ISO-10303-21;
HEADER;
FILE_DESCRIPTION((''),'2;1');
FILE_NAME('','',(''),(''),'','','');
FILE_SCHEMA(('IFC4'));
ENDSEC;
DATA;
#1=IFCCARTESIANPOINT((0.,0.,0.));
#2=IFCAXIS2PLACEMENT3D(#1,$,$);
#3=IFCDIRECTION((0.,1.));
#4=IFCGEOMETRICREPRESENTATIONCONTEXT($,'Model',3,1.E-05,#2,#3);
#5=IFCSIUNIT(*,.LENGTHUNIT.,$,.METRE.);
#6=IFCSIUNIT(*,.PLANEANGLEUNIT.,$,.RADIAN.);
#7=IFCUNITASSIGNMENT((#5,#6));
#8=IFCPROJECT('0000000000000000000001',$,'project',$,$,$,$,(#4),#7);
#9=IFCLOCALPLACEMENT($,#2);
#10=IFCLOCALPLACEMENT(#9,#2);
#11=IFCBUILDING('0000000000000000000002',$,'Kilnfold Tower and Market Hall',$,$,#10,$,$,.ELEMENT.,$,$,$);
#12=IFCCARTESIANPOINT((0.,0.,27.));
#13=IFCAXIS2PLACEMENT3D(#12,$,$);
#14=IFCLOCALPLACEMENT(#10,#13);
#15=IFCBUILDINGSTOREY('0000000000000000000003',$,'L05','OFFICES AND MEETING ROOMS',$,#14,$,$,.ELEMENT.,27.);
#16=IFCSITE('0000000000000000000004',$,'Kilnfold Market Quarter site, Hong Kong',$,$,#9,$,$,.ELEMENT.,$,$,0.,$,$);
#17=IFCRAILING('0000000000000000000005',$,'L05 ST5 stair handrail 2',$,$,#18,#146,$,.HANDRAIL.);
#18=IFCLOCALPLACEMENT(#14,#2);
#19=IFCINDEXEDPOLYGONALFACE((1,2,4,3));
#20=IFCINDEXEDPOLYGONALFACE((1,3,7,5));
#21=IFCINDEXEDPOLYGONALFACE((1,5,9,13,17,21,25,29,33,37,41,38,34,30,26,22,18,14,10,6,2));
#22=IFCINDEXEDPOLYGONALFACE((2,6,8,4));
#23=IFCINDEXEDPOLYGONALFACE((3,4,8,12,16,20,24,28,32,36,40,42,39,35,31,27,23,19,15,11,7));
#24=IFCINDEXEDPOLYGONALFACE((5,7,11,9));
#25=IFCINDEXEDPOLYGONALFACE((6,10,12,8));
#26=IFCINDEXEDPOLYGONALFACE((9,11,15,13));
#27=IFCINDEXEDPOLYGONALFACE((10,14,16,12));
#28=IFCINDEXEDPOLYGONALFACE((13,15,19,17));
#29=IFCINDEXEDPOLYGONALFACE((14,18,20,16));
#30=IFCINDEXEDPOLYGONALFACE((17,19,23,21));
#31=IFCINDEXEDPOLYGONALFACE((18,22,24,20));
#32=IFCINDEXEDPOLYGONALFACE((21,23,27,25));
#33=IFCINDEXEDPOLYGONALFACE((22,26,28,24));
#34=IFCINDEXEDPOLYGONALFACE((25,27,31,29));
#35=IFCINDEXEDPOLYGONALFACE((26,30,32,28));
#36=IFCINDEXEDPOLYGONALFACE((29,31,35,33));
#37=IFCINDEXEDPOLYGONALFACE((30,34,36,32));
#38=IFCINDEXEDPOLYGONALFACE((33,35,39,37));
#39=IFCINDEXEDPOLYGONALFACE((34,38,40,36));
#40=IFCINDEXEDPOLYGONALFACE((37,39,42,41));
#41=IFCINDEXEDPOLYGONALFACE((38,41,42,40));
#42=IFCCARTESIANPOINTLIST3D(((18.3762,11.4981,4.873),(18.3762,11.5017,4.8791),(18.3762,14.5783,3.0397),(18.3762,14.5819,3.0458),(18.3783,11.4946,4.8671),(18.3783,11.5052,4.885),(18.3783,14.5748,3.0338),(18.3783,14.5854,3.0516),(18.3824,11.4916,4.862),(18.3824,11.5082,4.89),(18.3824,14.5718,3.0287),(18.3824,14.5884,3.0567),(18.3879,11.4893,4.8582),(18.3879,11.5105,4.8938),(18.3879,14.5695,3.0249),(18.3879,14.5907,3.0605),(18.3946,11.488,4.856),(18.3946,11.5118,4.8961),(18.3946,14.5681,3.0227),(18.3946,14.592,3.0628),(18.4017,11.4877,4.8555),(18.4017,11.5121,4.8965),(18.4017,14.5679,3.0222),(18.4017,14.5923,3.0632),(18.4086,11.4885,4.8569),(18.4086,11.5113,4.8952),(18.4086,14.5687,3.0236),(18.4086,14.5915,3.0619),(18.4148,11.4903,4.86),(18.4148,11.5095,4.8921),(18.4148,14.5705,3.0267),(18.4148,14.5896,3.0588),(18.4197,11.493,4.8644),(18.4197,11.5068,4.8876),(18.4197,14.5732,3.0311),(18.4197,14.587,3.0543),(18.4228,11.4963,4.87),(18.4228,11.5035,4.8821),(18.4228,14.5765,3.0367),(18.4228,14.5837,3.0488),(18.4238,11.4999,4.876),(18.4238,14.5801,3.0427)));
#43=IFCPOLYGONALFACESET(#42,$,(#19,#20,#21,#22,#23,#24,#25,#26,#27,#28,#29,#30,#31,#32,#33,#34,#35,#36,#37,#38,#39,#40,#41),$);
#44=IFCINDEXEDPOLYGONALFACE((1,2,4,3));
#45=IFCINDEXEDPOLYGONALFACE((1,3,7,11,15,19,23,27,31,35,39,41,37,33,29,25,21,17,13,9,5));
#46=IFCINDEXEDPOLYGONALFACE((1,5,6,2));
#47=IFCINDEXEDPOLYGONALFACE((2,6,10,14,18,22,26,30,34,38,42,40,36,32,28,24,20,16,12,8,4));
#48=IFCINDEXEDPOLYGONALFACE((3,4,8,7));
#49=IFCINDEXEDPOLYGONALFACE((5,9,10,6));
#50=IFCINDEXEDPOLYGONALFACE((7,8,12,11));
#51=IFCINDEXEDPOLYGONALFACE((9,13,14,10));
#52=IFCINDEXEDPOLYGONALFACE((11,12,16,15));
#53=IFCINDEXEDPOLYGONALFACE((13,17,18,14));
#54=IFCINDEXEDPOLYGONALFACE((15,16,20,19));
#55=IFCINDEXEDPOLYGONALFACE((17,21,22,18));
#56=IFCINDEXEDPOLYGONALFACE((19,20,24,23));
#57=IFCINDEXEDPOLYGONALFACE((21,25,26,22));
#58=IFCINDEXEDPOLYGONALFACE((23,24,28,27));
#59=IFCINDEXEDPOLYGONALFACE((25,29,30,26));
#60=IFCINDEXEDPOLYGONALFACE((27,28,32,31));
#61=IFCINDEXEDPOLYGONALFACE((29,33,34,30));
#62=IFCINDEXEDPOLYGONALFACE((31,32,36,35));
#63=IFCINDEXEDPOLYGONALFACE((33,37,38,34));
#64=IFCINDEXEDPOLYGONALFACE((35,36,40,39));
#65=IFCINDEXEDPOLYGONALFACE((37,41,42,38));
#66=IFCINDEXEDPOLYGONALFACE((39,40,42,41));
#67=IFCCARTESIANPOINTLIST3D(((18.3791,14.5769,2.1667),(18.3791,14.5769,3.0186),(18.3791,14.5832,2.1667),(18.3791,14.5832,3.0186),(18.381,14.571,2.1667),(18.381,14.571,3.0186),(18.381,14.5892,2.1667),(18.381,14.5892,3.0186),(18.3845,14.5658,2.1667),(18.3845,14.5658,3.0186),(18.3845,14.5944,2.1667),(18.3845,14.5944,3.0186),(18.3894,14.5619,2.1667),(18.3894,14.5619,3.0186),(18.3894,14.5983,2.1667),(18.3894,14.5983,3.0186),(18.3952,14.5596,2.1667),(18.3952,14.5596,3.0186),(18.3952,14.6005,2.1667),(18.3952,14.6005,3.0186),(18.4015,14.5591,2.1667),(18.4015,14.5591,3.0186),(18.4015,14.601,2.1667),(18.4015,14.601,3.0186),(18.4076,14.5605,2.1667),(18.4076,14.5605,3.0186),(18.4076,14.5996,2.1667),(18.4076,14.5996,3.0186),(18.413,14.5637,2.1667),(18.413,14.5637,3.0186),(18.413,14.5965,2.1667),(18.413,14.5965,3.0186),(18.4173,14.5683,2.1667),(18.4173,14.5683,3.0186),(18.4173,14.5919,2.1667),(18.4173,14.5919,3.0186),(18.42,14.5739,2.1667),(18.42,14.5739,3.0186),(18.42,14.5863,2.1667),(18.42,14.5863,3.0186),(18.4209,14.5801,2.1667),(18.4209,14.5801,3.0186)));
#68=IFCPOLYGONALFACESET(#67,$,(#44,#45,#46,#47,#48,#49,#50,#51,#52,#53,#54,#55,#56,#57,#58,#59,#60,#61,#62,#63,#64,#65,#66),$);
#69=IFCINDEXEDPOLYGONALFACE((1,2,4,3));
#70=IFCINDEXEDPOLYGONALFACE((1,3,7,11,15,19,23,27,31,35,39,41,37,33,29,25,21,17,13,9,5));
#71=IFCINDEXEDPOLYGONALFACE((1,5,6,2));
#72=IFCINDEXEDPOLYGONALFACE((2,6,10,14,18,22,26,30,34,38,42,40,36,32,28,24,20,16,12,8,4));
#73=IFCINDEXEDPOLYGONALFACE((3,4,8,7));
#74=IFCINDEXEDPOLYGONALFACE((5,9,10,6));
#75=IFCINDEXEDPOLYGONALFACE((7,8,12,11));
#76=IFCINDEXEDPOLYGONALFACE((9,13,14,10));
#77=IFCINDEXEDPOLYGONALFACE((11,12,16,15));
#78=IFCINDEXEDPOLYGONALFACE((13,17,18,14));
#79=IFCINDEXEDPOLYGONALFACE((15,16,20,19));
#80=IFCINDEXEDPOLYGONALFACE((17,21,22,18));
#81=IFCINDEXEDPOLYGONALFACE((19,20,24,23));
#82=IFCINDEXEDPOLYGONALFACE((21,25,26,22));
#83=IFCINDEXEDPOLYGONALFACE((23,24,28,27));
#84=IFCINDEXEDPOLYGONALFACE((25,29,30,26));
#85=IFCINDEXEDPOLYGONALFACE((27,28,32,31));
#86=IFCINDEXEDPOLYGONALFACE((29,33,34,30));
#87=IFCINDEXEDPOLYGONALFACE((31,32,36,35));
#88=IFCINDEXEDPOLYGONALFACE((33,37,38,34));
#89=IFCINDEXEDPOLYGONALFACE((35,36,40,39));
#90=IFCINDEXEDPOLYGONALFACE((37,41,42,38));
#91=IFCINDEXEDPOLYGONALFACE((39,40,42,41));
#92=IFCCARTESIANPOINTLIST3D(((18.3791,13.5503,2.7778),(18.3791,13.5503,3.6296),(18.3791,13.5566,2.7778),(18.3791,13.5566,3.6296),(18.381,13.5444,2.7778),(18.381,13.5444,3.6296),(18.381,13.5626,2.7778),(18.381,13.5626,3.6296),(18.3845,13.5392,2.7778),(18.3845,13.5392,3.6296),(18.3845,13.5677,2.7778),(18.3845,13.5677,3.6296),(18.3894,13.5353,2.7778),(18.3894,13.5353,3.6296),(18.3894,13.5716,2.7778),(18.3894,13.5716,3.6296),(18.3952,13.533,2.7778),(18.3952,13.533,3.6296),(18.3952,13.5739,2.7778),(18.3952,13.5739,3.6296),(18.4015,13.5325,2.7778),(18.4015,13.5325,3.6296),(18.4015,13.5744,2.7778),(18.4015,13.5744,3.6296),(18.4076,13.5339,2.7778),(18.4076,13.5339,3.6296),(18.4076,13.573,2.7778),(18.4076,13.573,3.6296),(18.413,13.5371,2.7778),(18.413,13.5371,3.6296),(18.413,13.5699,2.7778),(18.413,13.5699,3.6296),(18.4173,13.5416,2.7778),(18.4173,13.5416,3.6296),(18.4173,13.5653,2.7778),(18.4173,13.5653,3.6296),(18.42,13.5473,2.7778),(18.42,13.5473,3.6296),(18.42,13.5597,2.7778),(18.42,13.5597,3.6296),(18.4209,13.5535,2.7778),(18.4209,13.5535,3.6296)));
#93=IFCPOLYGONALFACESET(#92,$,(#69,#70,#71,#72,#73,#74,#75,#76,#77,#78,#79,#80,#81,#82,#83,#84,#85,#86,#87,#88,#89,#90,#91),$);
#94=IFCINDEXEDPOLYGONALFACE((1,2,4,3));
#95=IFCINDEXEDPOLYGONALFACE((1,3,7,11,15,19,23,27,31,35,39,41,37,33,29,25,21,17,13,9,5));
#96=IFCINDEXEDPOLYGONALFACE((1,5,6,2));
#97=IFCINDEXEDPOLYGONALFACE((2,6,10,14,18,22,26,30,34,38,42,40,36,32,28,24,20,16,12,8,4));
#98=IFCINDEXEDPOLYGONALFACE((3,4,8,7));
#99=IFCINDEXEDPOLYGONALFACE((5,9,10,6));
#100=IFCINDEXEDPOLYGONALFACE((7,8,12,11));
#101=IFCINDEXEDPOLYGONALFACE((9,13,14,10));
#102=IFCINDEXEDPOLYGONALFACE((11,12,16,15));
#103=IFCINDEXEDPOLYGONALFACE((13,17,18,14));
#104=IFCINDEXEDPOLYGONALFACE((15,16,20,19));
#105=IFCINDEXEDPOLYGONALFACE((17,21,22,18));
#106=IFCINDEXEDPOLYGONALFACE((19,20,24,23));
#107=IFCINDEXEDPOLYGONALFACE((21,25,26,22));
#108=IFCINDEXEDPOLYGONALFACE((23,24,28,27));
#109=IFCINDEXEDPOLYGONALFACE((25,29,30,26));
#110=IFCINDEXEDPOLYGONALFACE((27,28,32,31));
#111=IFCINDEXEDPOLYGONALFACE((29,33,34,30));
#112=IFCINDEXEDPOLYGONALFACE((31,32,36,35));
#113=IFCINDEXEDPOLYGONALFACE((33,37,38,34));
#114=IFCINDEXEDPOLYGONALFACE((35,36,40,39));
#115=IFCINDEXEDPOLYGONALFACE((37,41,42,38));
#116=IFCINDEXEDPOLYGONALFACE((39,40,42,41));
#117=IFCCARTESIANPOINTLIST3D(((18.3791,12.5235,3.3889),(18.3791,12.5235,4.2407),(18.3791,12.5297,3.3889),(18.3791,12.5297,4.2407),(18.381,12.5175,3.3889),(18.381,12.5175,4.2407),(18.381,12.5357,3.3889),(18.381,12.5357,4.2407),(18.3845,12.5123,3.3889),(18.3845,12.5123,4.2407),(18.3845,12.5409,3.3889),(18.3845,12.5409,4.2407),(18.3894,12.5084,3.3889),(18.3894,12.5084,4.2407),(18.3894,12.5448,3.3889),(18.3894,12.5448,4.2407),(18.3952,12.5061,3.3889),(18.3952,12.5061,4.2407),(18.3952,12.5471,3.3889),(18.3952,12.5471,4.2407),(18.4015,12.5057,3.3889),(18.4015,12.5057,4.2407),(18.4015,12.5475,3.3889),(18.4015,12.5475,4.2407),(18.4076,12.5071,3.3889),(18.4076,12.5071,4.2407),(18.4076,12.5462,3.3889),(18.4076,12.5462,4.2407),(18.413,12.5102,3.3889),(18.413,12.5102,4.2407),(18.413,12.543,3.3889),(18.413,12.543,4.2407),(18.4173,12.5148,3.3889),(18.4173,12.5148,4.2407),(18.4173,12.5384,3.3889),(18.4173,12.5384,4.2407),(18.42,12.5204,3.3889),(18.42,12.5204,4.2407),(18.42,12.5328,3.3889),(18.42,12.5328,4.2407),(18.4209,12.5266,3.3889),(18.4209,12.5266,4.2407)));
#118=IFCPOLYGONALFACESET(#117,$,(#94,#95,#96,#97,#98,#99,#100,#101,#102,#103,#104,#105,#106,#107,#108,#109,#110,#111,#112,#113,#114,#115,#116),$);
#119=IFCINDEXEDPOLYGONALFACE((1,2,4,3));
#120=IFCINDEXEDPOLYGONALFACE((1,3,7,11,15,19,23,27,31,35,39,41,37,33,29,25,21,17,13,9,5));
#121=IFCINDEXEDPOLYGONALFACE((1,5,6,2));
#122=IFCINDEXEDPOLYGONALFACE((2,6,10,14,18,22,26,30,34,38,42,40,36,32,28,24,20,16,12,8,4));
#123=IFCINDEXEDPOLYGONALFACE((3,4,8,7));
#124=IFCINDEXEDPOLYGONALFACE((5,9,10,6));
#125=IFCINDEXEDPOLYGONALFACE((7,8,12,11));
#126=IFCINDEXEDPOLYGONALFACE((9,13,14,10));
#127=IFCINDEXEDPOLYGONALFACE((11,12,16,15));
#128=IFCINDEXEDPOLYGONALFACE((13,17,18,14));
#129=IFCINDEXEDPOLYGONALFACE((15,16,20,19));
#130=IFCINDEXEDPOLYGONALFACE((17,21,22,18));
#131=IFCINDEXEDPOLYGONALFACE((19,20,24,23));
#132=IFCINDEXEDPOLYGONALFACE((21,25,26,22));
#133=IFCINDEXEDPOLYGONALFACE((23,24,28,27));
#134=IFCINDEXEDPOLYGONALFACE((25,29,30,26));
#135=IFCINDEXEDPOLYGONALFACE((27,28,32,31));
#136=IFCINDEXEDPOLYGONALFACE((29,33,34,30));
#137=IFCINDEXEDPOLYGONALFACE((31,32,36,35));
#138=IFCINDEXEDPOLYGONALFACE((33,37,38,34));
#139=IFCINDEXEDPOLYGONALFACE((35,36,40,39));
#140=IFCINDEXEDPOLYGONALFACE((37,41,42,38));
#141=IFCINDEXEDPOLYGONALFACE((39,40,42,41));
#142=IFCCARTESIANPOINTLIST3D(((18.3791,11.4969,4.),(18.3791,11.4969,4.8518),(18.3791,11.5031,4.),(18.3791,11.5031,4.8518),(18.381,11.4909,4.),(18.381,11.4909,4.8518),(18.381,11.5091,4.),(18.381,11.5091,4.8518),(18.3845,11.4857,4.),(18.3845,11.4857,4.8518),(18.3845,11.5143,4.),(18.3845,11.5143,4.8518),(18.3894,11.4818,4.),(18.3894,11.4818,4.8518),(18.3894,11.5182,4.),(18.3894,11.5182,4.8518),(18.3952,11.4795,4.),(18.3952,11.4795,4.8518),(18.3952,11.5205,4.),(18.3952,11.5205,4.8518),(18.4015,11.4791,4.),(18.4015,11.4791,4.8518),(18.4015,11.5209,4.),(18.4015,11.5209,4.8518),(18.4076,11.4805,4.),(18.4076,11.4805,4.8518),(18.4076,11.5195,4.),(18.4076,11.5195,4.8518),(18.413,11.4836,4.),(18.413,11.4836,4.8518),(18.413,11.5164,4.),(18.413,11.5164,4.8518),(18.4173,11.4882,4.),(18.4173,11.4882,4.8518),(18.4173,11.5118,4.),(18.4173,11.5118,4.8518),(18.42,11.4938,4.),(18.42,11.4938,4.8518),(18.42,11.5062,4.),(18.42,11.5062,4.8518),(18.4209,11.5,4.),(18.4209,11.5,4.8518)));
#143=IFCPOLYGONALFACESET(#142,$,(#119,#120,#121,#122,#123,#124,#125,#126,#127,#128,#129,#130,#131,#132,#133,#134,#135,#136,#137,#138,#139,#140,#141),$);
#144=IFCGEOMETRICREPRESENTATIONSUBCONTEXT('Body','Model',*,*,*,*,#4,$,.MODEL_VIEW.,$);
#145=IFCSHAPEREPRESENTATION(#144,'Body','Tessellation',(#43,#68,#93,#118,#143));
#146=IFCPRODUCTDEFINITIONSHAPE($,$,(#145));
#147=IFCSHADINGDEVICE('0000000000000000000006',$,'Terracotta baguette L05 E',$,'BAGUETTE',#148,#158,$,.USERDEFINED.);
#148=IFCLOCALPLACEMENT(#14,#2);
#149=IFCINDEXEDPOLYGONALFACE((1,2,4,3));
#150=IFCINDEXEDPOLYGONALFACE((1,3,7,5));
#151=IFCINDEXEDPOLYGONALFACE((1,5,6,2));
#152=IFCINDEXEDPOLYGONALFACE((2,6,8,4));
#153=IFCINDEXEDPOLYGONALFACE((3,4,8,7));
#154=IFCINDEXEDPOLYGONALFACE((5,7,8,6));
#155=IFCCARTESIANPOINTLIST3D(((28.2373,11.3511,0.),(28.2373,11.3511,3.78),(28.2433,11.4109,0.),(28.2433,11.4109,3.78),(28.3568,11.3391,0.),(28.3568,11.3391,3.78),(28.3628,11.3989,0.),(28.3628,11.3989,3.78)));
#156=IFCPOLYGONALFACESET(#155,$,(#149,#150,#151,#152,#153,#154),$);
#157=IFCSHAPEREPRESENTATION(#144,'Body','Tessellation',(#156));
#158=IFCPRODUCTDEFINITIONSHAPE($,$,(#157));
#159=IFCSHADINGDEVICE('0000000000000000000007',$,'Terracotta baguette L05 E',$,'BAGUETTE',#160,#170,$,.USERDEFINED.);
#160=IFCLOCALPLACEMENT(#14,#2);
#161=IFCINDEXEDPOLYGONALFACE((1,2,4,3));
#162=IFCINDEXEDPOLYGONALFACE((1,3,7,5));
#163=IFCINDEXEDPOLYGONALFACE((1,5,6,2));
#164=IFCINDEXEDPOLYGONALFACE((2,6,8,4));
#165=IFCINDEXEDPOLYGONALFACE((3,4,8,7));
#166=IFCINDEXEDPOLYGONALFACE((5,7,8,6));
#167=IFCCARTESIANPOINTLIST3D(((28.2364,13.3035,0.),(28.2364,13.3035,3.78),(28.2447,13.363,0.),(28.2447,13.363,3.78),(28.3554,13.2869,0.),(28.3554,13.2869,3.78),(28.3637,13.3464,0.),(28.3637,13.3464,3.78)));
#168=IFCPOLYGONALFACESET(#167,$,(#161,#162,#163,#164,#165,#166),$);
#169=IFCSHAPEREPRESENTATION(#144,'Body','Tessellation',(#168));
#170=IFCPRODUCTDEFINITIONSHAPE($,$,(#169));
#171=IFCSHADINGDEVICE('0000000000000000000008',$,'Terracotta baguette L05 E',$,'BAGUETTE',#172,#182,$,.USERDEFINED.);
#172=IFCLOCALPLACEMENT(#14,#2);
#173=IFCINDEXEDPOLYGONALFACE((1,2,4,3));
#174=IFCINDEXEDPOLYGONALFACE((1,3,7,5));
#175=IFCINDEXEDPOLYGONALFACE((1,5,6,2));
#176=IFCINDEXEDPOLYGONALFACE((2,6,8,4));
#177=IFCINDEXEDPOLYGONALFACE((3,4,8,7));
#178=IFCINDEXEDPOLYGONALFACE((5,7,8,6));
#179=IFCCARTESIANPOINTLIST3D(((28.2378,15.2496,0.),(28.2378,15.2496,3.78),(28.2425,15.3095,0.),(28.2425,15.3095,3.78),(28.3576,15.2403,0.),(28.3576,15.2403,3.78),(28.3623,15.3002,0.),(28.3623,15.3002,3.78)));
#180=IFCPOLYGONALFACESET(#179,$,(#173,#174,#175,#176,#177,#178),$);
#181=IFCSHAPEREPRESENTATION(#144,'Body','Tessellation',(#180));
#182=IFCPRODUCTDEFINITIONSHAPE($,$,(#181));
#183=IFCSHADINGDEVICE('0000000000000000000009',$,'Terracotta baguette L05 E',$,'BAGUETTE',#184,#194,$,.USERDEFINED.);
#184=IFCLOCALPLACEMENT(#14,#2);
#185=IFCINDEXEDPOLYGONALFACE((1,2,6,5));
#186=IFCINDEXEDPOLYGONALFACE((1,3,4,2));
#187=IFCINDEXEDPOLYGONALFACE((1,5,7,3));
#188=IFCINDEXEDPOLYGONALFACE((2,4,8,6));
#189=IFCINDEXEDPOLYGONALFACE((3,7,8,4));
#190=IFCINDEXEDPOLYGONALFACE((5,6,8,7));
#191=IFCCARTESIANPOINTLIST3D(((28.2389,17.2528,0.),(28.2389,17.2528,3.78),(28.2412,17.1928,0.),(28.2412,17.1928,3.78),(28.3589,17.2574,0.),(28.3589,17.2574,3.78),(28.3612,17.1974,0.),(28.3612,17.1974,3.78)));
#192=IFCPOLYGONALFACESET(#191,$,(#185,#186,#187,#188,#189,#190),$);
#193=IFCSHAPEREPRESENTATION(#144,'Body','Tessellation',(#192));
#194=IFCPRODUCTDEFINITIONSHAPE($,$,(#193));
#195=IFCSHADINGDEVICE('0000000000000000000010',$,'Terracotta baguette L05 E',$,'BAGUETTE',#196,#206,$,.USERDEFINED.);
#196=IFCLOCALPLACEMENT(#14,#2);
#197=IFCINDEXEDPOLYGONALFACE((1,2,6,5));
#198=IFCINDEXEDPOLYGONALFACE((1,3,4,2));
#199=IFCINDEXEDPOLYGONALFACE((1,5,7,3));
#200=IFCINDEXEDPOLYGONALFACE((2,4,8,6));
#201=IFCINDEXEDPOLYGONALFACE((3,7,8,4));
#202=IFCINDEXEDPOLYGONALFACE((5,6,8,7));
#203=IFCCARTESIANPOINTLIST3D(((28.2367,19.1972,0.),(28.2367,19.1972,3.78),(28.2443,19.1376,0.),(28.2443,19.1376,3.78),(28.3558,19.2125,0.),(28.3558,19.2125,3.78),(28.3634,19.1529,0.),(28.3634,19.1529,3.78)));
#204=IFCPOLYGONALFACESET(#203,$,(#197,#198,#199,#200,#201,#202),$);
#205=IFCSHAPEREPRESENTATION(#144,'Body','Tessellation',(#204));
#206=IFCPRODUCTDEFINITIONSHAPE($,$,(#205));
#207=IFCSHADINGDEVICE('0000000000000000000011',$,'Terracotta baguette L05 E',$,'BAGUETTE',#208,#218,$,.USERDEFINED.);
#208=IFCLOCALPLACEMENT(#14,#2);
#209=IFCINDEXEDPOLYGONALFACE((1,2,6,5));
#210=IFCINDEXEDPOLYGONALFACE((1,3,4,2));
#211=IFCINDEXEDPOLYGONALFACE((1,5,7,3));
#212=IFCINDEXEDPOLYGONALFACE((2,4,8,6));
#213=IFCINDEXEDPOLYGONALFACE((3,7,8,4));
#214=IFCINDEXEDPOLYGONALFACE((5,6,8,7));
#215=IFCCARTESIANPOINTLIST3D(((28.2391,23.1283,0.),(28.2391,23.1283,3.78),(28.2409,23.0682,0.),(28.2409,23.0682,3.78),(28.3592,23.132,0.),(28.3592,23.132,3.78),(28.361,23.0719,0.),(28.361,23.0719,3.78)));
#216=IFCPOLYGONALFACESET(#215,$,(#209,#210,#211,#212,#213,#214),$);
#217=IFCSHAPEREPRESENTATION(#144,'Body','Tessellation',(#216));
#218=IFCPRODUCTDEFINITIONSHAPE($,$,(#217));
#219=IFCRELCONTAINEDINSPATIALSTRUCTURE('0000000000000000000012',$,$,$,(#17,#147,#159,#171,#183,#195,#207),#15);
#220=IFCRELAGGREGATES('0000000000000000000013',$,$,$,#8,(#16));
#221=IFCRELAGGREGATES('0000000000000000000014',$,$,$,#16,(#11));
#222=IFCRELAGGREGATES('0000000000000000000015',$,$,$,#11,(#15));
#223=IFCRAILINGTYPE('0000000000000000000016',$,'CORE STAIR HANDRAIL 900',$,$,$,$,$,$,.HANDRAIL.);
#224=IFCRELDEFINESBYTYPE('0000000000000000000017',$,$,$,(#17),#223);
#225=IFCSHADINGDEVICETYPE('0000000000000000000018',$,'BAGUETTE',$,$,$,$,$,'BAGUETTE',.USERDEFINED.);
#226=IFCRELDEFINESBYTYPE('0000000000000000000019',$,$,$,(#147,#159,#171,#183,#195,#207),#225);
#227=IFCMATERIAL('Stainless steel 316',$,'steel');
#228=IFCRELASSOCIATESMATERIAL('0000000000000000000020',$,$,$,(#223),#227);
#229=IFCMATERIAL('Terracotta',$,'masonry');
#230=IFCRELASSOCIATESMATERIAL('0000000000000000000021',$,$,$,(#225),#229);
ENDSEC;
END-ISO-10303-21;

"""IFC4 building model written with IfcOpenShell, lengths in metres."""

from ifc_helpers import new_model, si_unit, direction, frame, origin, origin_2d, place, context, subcontext, project, spatial, rectangle, circle, extrude, source, transform, mapped, material, material_profile, profile_set, type_object, element, save


model = new_model("IFC4")

# Units and contexts
model_context = context("Model", 3, precision=1e-05, world=origin(), true_north=direction((0.0, 1.0)))
body_context = subcontext(model_context, "Body", "Model", "MODEL_VIEW")
ifc_project = project(units=[si_unit("LENGTHUNIT", "METRE"), si_unit("PLANEANGLEUNIT", "RADIAN")], contexts=[model_context])

# Site, building, storey
site_placement = place(None, origin())
site = spatial("IfcSite", under=ifc_project, at=site_placement, Name="Kilnfold Market Quarter site, Hong Kong", CompositionType="ELEMENT", RefElevation=0.0)
building_placement = place(site_placement, origin())
building = spatial("IfcBuilding", under=site, at=building_placement, Name="Kilnfold Tower and Market Hall", CompositionType="ELEMENT")
storey_placement = place(building_placement, frame((0.0, 0.0, 27.0)))
storey = spatial("IfcBuildingStorey", under=building, at=storey_placement, Name="L05", Description="OFFICES AND MEETING ROOMS", CompositionType="ELEMENT", Elevation=27.0)

# Railing
ifc_material_1 = material(Name="Stainless steel 316", Category="steel")
railing_type_1 = type_object("IfcRailingType", Name="CORE STAIR HANDRAIL 900", PredefinedType="HANDRAIL", material=ifc_material_1)
railing_1_placement = place(storey_placement, frame((18.3999, 14.5801, 2.1667)))
element("IfcRailing", 1, at=railing_1_placement, inside=storey, type_object=railing_type_1, Name="L05 ST5 stair handrail 2", PredefinedType="HANDRAIL", context=body_context, shape_type="SweptSolid", body=[
    extrude(circle(Radius=0.0239, at=origin_2d()), frame((0.0, 0.0, 0.876), z_axis=(0.0, -0.859309, 0.511458), x_axis=(1.0, 0.0, 0.0)), (0.0, 0.0, 1.0), 3.5845),
    extrude(circle(Radius=0.021, at=origin_2d()), origin(), (0.0, 0.0, 1.0), 0.8518),
    extrude(circle(Radius=0.021, at=origin_2d()), frame((0.0, -1.0266, 0.6111)), (0.0, 0.0, 1.0), 0.8518),
    extrude(circle(Radius=0.021, at=origin_2d()), frame((0.0, -2.0535, 1.2222)), (0.0, 0.0, 1.0), 0.8518),
    extrude(circle(Radius=0.021, at=origin_2d()), frame((0.0, -3.0801, 1.8333)), (0.0, 0.0, 1.0), 0.8518),
])

# Shading devices
ifc_material_2 = material(Name="Terracotta", Category="masonry")
ifc_material_profile_1 = material_profile(ifc_material_2, rectangle(XDim=0.0601, YDim=0.1201, at=origin_2d()), Name="BAG 60x120")
ifc_profile_set_1 = profile_set([ifc_material_profile_1], Name="Terracotta")
shading_device_type = type_object("IfcShadingDeviceType", Name="BAGUETTE", ElementType="BAGUETTE", PredefinedType="USERDEFINED", material=ifc_profile_set_1)
shared_shape_1 = source(origin(), body_context, "Body", "SweptSolid", [
    extrude(rectangle(XDim=0.0601, YDim=0.1201, at=origin_2d()), origin(), (0.0, 0.0, 1.0), 3.78),
])
for number, where, z_axis, x_axis, name in (
    (2, (28.3, 11.375, 0.0), (0.0, 0.0, 1.0), (0.09983, 0.995004, 0.0), "Terracotta baguette L05 E"),
    (3, (28.3, 13.325, 0.0), (0.0, 0.0, 1.0), (0.138445, 0.99037, 0.0), "Terracotta baguette L05 E"),
    (4, (28.3, 15.2749, 0.0), (0.0, 0.0, 1.0), (0.077949, 0.996957, 0.0), "Terracotta baguette L05 E"),
    (5, (28.3, 17.2251, 0.0), (0.0, 0.0, 1.0), (-0.038869, 0.999244, 0.0), "Terracotta baguette L05 E"),
    (6, (28.3, 19.175, 0.0), (0.0, 0.0, 1.0), (-0.127513, 0.991837, 0.0), "Terracotta baguette L05 E"),
    (7, (28.3, 23.1001, 0.0), (0.0, 0.0, 1.0), (-0.030835, 0.999524, 0.0), "Terracotta baguette L05 E"),
):
    element("IfcShadingDevice", number, at=place(storey_placement, frame(where, z_axis=z_axis, x_axis=x_axis)), inside=storey, type_object=shading_device_type, Name=name, ObjectType="BAGUETTE", PredefinedType="USERDEFINED", context=body_context, shape_type="MappedRepresentation", body=[
        mapped(shared_shape_1, transform((0.0, 0.0, 0.0))),
    ])

save(model, "model.ifc")
